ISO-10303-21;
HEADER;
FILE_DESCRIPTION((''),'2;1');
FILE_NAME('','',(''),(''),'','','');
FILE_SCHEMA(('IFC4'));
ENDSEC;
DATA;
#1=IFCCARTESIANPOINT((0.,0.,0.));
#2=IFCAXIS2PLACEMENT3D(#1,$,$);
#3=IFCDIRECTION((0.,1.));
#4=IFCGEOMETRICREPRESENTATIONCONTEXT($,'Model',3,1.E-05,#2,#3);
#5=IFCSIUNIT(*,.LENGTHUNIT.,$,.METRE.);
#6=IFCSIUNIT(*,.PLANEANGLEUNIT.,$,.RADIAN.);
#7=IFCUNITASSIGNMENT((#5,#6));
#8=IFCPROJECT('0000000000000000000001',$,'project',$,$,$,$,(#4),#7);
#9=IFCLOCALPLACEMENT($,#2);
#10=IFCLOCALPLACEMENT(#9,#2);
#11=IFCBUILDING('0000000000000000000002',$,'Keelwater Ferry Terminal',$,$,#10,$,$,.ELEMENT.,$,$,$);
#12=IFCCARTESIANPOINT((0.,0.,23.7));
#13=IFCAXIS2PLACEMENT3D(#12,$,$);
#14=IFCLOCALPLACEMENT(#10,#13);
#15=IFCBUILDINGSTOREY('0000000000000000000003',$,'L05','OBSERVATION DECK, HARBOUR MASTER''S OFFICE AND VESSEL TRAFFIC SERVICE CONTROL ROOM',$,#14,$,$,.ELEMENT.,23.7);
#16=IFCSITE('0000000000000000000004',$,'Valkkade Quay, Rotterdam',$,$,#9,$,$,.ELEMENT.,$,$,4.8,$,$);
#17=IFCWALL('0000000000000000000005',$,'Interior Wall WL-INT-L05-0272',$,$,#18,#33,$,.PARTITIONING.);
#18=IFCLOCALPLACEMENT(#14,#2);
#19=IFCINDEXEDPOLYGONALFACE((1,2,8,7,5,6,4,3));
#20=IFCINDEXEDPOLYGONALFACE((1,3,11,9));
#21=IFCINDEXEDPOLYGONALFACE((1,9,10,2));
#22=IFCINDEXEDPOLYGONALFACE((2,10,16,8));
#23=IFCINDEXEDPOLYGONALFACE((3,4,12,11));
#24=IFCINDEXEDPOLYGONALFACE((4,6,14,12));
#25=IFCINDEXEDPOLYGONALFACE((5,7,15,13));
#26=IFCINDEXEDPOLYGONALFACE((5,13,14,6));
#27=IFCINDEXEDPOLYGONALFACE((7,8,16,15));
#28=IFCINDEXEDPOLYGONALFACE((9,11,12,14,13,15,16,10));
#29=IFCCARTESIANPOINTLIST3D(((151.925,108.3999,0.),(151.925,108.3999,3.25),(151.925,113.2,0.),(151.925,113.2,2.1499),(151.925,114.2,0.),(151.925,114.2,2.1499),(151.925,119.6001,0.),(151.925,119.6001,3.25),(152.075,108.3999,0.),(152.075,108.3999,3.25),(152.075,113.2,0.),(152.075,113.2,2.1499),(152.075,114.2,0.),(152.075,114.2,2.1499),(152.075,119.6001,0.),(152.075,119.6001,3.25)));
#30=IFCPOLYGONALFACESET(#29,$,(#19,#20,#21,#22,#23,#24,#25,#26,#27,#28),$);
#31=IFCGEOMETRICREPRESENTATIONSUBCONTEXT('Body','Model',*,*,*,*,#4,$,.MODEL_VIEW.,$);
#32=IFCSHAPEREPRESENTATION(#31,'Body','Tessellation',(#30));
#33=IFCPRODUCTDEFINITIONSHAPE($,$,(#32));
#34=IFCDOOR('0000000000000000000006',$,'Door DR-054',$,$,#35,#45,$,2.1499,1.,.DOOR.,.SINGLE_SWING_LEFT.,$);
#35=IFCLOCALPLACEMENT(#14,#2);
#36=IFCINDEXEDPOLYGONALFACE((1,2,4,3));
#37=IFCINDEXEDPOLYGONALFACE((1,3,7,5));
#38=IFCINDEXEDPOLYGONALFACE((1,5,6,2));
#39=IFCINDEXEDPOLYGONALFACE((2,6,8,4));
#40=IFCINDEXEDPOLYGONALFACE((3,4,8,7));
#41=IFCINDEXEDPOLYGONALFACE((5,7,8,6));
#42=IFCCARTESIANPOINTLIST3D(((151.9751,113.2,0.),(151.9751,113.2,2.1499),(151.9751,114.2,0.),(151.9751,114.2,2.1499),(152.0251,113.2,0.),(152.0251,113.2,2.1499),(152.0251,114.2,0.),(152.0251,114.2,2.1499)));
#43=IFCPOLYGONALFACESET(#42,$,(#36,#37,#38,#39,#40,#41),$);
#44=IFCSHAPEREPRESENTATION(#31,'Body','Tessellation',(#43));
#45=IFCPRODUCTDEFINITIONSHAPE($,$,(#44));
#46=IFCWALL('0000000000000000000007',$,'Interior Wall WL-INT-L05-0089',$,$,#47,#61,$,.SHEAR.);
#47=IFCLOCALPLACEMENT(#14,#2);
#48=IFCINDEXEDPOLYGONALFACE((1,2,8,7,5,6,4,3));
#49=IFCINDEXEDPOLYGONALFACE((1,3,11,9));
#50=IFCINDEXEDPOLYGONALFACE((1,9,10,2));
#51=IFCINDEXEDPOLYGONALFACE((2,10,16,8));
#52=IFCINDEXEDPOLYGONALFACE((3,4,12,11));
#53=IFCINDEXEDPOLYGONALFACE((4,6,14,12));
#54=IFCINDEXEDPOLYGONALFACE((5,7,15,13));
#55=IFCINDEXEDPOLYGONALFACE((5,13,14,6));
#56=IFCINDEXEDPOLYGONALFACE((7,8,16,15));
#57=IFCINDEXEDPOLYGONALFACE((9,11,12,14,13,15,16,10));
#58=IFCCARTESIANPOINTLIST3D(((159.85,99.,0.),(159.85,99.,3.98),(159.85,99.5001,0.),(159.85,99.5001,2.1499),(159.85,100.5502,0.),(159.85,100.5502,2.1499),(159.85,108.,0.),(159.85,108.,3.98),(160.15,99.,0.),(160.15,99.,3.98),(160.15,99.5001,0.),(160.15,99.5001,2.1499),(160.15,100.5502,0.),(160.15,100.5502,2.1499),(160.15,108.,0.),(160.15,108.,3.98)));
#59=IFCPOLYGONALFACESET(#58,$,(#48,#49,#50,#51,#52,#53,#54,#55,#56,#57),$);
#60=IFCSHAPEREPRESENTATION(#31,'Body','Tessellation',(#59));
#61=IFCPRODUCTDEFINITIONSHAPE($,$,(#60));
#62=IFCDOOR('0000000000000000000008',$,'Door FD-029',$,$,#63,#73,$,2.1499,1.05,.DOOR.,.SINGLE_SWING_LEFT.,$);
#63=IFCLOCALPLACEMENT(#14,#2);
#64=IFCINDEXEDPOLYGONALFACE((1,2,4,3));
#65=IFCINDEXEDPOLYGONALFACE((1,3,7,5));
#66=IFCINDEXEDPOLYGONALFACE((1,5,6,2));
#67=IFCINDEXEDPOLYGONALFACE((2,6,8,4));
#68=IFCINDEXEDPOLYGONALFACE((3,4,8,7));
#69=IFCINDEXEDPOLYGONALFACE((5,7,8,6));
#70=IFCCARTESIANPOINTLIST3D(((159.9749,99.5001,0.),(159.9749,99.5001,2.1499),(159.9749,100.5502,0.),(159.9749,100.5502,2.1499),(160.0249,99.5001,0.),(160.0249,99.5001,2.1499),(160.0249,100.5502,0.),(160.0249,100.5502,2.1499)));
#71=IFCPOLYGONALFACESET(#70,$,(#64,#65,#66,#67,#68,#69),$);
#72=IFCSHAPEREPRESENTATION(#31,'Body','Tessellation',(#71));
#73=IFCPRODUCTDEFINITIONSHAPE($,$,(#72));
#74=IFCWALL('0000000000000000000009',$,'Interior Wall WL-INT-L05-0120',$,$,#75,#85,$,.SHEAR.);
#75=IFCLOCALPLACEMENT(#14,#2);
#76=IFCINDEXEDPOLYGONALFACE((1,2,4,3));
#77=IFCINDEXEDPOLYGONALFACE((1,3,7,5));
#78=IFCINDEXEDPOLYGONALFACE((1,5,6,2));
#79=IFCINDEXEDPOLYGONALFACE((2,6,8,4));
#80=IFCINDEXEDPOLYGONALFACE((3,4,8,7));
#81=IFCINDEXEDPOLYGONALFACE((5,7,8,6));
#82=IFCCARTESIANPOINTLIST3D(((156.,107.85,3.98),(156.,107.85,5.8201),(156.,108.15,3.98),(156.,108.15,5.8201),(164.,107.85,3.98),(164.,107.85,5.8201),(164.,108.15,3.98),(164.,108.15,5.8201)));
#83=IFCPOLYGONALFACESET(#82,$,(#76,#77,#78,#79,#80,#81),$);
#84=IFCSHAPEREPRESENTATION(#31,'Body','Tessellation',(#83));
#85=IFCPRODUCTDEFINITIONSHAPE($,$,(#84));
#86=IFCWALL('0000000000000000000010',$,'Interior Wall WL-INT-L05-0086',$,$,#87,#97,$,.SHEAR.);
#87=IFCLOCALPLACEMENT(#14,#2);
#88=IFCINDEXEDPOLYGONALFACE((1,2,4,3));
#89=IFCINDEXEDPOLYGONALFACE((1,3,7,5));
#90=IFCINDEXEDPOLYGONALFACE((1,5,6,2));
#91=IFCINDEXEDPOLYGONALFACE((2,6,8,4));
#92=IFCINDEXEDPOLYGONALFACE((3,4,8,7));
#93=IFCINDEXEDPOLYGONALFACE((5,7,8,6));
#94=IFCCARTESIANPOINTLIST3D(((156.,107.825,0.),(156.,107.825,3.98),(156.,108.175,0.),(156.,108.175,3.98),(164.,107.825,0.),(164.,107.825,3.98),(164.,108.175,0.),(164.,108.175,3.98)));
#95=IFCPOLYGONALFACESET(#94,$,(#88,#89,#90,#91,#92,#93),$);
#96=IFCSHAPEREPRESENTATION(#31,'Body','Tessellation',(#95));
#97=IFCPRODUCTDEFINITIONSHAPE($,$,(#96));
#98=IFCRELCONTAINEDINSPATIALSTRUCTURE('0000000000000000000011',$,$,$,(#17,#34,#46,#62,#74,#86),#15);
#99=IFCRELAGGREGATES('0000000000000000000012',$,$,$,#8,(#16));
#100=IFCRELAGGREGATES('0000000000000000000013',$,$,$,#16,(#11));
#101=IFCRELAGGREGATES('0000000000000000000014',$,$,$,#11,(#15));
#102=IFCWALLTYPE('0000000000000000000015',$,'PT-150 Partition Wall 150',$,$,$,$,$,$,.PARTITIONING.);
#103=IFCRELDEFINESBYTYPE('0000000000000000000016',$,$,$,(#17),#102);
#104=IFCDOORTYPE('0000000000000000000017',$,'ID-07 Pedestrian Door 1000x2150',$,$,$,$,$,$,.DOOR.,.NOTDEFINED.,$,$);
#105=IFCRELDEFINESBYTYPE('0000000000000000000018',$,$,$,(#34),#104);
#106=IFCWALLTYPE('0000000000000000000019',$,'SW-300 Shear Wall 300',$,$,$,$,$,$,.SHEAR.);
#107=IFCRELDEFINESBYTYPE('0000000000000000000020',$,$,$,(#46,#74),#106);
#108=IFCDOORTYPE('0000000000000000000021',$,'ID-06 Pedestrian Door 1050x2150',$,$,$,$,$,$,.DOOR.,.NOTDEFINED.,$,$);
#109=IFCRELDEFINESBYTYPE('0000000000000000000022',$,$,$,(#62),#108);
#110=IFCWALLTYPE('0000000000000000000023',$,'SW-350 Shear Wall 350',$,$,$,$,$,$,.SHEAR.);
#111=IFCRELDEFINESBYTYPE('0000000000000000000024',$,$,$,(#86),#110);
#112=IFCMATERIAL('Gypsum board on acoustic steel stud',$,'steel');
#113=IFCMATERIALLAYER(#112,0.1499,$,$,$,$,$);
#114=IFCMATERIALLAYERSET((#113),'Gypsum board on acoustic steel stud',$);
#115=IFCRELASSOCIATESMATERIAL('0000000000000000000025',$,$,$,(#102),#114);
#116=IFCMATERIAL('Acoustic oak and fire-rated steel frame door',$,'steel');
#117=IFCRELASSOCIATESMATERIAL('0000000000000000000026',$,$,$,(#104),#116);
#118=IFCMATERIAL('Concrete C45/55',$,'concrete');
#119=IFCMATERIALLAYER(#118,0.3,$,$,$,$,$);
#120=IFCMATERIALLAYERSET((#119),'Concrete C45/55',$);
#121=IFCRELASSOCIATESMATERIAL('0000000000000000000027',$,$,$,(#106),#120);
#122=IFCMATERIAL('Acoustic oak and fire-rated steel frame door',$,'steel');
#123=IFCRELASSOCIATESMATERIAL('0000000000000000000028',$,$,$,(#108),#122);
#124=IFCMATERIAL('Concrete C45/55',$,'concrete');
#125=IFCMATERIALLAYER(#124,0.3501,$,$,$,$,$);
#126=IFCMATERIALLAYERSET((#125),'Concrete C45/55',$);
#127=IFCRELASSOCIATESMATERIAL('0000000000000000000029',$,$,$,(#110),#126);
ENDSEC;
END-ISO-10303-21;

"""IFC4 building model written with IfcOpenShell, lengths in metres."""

from ifc_helpers import new_model, si_unit, direction, frame, frame_2d, origin, place, context, subcontext, project, spatial, rectangle, extrude, material, layer, layer_set, type_object, element, fill, save


model = new_model("IFC4")

# Units and contexts
model_context = context("Model", 3, precision=1e-05, world=origin(), true_north=direction((0.0, 1.0)))
body_context = subcontext(model_context, "Body", "Model", "MODEL_VIEW")
ifc_project = project(units=[si_unit("LENGTHUNIT", "METRE"), si_unit("PLANEANGLEUNIT", "RADIAN")], contexts=[model_context])

# Site, building, storey
site_placement = place(None, origin())
site = spatial("IfcSite", under=ifc_project, at=site_placement, Name="Valkkade Quay, Rotterdam", CompositionType="ELEMENT", RefElevation=4.8)
building_placement = place(site_placement, origin())
building = spatial("IfcBuilding", under=site, at=building_placement, Name="Keelwater Ferry Terminal", CompositionType="ELEMENT")
storey_placement = place(building_placement, frame((0.0, 0.0, 23.7)))
storey = spatial("IfcBuildingStorey", under=building, at=storey_placement, Name="L05", Description="OBSERVATION DECK, HARBOUR MASTER'S OFFICE AND VESSEL TRAFFIC SERVICE CONTROL ROOM", CompositionType="ELEMENT", Elevation=23.7)

# Walls, openings, doors
ifc_material_1 = material(Name="Gypsum board on acoustic steel stud", Category="steel")
ifc_layer_1 = layer(ifc_material_1, 0.1499)
ifc_layer_set_1 = layer_set([ifc_layer_1], Name="Gypsum board on acoustic steel stud")
wall_type_1 = type_object("IfcWallType", Name="PT-150 Partition Wall 150", PredefinedType="PARTITIONING", material=ifc_layer_set_1)
wall_1_placement = place(storey_placement, frame((152.0, 108.3999, 0.0), z_axis=(0.0, 0.0, 1.0), x_axis=(0.0, 1.0, 0.0)))
wall_1 = element("IfcWall", 1, at=wall_1_placement, inside=storey, type_object=wall_type_1, Name="Interior Wall WL-INT-L05-0272", PredefinedType="PARTITIONING", context=body_context, shape_type="SweptSolid", body=[
    extrude(rectangle(XDim=11.2002, YDim=0.1499, at=frame_2d((5.6001, 0.0))), origin(), (0.0, 0.0, 1.0), 3.25),
])
opening_1_placement = place(wall_1_placement, frame((4.8, 0.0, 0.0)))
opening_1 = element("IfcOpeningElement", 2, at=opening_1_placement, cuts=wall_1, PredefinedType="OPENING", context=body_context, shape_type="SweptSolid", body=[
    extrude(rectangle(XDim=1.0, YDim=2.1499, at=frame_2d((0.5, 1.075))), frame((0.0, 0.085, 0.0), z_axis=(0.0, -1.0, 0.0), x_axis=(1.0, 0.0, 0.0)), (0.0, 0.0, 1.0), 0.1699),
])
ifc_material_2 = material(Name="Acoustic oak and fire-rated steel frame door", Category="steel")
door_type_1 = type_object("IfcDoorType", Name="ID-07 Pedestrian Door 1000x2150", OperationType="NOTDEFINED", PredefinedType="DOOR", material=ifc_material_2)
door_1_placement = place(opening_1_placement, origin())
door_1 = element("IfcDoor", 3, at=door_1_placement, inside=storey, type_object=door_type_1, Name="Door DR-054", OperationType="SINGLE_SWING_LEFT", OverallHeight=2.1499, OverallWidth=1.0, PredefinedType="DOOR", context=body_context, shape_type="SweptSolid", body=[
    extrude(rectangle(XDim=1.0, YDim=2.1499, at=frame_2d((0.5, 1.075))), frame((0.0, 0.0249, 0.0), z_axis=(0.0, -1.0, 0.0), x_axis=(1.0, 0.0, 0.0)), (0.0, 0.0, 1.0), 0.05),
])
fill(opening_1, door_1)
ifc_material_3 = material(Name="Concrete C45/55", Category="concrete")
ifc_layer_2 = layer(ifc_material_3, 0.3)
ifc_layer_set_2 = layer_set([ifc_layer_2], Name="Concrete C45/55")
wall_type_2 = type_object("IfcWallType", Name="SW-300 Shear Wall 300", PredefinedType="SHEAR", material=ifc_layer_set_2)
wall_2_placement = place(storey_placement, frame((160.0, 108.0, 0.0), z_axis=(0.0, 0.0, 1.0), x_axis=(0.0, -1.0, 0.0)))
wall_2 = element("IfcWall", 4, at=wall_2_placement, inside=storey, type_object=wall_type_2, Name="Interior Wall WL-INT-L05-0089", PredefinedType="SHEAR", context=body_context, shape_type="SweptSolid", body=[
    extrude(rectangle(XDim=9.0, YDim=0.3, at=frame_2d((4.5, 0.0))), origin(), (0.0, 0.0, 1.0), 3.98),
])
opening_2_placement = place(wall_2_placement, frame((7.45, 0.0, 0.0)))
opening_2 = element("IfcOpeningElement", 5, at=opening_2_placement, cuts=wall_2, PredefinedType="OPENING", context=body_context, shape_type="SweptSolid", body=[
    extrude(rectangle(XDim=1.05, YDim=2.1499, at=frame_2d((0.5249, 1.075))), frame((0.0, 0.1599, 0.0), z_axis=(0.0, -1.0, 0.0), x_axis=(1.0, 0.0, 0.0)), (0.0, 0.0, 1.0), 0.3201),
])
ifc_material_4 = material(Name="Acoustic oak and fire-rated steel frame door", Category="steel")
door_type_2 = type_object("IfcDoorType", Name="ID-06 Pedestrian Door 1050x2150", OperationType="NOTDEFINED", PredefinedType="DOOR", material=ifc_material_4)
door_2_placement = place(opening_2_placement, origin())
door_2 = element("IfcDoor", 6, at=door_2_placement, inside=storey, type_object=door_type_2, Name="Door FD-029", OperationType="SINGLE_SWING_LEFT", OverallHeight=2.1499, OverallWidth=1.05, PredefinedType="DOOR", context=body_context, shape_type="SweptSolid", body=[
    extrude(rectangle(XDim=1.05, YDim=2.1499, at=frame_2d((0.5249, 1.075))), frame((0.0, 0.0249, 0.0), z_axis=(0.0, -1.0, 0.0), x_axis=(1.0, 0.0, 0.0)), (0.0, 0.0, 1.0), 0.05),
])
fill(opening_2, door_2)

# Walls
wall_3_placement = place(storey_placement, frame((156.0, 108.0, 3.98), z_axis=(0.0, 0.0, 1.0), x_axis=(1.0, 0.0, 0.0)))
element("IfcWall", 7, at=wall_3_placement, inside=storey, type_object=wall_type_2, Name="Interior Wall WL-INT-L05-0120", PredefinedType="SHEAR", context=body_context, shape_type="SweptSolid", body=[
    extrude(rectangle(XDim=8.0, YDim=0.3, at=frame_2d((4.0, 0.0))), origin(), (0.0, 0.0, 1.0), 1.8401),
])
ifc_material_5 = material(Name="Concrete C45/55", Category="concrete")
ifc_layer_3 = layer(ifc_material_5, 0.3501)
ifc_layer_set_3 = layer_set([ifc_layer_3], Name="Concrete C45/55")
wall_type_3 = type_object("IfcWallType", Name="SW-350 Shear Wall 350", PredefinedType="SHEAR", material=ifc_layer_set_3)
wall_4_placement = place(storey_placement, frame((156.0, 108.0, 0.0), z_axis=(0.0, 0.0, 1.0), x_axis=(1.0, 0.0, 0.0)))
element("IfcWall", 8, at=wall_4_placement, inside=storey, type_object=wall_type_3, Name="Interior Wall WL-INT-L05-0086", PredefinedType="SHEAR", context=body_context, shape_type="SweptSolid", body=[
    extrude(rectangle(XDim=8.0, YDim=0.3501, at=frame_2d((4.0, 0.0))), origin(), (0.0, 0.0, 1.0), 3.98),
])

save(model, "model.ifc")
